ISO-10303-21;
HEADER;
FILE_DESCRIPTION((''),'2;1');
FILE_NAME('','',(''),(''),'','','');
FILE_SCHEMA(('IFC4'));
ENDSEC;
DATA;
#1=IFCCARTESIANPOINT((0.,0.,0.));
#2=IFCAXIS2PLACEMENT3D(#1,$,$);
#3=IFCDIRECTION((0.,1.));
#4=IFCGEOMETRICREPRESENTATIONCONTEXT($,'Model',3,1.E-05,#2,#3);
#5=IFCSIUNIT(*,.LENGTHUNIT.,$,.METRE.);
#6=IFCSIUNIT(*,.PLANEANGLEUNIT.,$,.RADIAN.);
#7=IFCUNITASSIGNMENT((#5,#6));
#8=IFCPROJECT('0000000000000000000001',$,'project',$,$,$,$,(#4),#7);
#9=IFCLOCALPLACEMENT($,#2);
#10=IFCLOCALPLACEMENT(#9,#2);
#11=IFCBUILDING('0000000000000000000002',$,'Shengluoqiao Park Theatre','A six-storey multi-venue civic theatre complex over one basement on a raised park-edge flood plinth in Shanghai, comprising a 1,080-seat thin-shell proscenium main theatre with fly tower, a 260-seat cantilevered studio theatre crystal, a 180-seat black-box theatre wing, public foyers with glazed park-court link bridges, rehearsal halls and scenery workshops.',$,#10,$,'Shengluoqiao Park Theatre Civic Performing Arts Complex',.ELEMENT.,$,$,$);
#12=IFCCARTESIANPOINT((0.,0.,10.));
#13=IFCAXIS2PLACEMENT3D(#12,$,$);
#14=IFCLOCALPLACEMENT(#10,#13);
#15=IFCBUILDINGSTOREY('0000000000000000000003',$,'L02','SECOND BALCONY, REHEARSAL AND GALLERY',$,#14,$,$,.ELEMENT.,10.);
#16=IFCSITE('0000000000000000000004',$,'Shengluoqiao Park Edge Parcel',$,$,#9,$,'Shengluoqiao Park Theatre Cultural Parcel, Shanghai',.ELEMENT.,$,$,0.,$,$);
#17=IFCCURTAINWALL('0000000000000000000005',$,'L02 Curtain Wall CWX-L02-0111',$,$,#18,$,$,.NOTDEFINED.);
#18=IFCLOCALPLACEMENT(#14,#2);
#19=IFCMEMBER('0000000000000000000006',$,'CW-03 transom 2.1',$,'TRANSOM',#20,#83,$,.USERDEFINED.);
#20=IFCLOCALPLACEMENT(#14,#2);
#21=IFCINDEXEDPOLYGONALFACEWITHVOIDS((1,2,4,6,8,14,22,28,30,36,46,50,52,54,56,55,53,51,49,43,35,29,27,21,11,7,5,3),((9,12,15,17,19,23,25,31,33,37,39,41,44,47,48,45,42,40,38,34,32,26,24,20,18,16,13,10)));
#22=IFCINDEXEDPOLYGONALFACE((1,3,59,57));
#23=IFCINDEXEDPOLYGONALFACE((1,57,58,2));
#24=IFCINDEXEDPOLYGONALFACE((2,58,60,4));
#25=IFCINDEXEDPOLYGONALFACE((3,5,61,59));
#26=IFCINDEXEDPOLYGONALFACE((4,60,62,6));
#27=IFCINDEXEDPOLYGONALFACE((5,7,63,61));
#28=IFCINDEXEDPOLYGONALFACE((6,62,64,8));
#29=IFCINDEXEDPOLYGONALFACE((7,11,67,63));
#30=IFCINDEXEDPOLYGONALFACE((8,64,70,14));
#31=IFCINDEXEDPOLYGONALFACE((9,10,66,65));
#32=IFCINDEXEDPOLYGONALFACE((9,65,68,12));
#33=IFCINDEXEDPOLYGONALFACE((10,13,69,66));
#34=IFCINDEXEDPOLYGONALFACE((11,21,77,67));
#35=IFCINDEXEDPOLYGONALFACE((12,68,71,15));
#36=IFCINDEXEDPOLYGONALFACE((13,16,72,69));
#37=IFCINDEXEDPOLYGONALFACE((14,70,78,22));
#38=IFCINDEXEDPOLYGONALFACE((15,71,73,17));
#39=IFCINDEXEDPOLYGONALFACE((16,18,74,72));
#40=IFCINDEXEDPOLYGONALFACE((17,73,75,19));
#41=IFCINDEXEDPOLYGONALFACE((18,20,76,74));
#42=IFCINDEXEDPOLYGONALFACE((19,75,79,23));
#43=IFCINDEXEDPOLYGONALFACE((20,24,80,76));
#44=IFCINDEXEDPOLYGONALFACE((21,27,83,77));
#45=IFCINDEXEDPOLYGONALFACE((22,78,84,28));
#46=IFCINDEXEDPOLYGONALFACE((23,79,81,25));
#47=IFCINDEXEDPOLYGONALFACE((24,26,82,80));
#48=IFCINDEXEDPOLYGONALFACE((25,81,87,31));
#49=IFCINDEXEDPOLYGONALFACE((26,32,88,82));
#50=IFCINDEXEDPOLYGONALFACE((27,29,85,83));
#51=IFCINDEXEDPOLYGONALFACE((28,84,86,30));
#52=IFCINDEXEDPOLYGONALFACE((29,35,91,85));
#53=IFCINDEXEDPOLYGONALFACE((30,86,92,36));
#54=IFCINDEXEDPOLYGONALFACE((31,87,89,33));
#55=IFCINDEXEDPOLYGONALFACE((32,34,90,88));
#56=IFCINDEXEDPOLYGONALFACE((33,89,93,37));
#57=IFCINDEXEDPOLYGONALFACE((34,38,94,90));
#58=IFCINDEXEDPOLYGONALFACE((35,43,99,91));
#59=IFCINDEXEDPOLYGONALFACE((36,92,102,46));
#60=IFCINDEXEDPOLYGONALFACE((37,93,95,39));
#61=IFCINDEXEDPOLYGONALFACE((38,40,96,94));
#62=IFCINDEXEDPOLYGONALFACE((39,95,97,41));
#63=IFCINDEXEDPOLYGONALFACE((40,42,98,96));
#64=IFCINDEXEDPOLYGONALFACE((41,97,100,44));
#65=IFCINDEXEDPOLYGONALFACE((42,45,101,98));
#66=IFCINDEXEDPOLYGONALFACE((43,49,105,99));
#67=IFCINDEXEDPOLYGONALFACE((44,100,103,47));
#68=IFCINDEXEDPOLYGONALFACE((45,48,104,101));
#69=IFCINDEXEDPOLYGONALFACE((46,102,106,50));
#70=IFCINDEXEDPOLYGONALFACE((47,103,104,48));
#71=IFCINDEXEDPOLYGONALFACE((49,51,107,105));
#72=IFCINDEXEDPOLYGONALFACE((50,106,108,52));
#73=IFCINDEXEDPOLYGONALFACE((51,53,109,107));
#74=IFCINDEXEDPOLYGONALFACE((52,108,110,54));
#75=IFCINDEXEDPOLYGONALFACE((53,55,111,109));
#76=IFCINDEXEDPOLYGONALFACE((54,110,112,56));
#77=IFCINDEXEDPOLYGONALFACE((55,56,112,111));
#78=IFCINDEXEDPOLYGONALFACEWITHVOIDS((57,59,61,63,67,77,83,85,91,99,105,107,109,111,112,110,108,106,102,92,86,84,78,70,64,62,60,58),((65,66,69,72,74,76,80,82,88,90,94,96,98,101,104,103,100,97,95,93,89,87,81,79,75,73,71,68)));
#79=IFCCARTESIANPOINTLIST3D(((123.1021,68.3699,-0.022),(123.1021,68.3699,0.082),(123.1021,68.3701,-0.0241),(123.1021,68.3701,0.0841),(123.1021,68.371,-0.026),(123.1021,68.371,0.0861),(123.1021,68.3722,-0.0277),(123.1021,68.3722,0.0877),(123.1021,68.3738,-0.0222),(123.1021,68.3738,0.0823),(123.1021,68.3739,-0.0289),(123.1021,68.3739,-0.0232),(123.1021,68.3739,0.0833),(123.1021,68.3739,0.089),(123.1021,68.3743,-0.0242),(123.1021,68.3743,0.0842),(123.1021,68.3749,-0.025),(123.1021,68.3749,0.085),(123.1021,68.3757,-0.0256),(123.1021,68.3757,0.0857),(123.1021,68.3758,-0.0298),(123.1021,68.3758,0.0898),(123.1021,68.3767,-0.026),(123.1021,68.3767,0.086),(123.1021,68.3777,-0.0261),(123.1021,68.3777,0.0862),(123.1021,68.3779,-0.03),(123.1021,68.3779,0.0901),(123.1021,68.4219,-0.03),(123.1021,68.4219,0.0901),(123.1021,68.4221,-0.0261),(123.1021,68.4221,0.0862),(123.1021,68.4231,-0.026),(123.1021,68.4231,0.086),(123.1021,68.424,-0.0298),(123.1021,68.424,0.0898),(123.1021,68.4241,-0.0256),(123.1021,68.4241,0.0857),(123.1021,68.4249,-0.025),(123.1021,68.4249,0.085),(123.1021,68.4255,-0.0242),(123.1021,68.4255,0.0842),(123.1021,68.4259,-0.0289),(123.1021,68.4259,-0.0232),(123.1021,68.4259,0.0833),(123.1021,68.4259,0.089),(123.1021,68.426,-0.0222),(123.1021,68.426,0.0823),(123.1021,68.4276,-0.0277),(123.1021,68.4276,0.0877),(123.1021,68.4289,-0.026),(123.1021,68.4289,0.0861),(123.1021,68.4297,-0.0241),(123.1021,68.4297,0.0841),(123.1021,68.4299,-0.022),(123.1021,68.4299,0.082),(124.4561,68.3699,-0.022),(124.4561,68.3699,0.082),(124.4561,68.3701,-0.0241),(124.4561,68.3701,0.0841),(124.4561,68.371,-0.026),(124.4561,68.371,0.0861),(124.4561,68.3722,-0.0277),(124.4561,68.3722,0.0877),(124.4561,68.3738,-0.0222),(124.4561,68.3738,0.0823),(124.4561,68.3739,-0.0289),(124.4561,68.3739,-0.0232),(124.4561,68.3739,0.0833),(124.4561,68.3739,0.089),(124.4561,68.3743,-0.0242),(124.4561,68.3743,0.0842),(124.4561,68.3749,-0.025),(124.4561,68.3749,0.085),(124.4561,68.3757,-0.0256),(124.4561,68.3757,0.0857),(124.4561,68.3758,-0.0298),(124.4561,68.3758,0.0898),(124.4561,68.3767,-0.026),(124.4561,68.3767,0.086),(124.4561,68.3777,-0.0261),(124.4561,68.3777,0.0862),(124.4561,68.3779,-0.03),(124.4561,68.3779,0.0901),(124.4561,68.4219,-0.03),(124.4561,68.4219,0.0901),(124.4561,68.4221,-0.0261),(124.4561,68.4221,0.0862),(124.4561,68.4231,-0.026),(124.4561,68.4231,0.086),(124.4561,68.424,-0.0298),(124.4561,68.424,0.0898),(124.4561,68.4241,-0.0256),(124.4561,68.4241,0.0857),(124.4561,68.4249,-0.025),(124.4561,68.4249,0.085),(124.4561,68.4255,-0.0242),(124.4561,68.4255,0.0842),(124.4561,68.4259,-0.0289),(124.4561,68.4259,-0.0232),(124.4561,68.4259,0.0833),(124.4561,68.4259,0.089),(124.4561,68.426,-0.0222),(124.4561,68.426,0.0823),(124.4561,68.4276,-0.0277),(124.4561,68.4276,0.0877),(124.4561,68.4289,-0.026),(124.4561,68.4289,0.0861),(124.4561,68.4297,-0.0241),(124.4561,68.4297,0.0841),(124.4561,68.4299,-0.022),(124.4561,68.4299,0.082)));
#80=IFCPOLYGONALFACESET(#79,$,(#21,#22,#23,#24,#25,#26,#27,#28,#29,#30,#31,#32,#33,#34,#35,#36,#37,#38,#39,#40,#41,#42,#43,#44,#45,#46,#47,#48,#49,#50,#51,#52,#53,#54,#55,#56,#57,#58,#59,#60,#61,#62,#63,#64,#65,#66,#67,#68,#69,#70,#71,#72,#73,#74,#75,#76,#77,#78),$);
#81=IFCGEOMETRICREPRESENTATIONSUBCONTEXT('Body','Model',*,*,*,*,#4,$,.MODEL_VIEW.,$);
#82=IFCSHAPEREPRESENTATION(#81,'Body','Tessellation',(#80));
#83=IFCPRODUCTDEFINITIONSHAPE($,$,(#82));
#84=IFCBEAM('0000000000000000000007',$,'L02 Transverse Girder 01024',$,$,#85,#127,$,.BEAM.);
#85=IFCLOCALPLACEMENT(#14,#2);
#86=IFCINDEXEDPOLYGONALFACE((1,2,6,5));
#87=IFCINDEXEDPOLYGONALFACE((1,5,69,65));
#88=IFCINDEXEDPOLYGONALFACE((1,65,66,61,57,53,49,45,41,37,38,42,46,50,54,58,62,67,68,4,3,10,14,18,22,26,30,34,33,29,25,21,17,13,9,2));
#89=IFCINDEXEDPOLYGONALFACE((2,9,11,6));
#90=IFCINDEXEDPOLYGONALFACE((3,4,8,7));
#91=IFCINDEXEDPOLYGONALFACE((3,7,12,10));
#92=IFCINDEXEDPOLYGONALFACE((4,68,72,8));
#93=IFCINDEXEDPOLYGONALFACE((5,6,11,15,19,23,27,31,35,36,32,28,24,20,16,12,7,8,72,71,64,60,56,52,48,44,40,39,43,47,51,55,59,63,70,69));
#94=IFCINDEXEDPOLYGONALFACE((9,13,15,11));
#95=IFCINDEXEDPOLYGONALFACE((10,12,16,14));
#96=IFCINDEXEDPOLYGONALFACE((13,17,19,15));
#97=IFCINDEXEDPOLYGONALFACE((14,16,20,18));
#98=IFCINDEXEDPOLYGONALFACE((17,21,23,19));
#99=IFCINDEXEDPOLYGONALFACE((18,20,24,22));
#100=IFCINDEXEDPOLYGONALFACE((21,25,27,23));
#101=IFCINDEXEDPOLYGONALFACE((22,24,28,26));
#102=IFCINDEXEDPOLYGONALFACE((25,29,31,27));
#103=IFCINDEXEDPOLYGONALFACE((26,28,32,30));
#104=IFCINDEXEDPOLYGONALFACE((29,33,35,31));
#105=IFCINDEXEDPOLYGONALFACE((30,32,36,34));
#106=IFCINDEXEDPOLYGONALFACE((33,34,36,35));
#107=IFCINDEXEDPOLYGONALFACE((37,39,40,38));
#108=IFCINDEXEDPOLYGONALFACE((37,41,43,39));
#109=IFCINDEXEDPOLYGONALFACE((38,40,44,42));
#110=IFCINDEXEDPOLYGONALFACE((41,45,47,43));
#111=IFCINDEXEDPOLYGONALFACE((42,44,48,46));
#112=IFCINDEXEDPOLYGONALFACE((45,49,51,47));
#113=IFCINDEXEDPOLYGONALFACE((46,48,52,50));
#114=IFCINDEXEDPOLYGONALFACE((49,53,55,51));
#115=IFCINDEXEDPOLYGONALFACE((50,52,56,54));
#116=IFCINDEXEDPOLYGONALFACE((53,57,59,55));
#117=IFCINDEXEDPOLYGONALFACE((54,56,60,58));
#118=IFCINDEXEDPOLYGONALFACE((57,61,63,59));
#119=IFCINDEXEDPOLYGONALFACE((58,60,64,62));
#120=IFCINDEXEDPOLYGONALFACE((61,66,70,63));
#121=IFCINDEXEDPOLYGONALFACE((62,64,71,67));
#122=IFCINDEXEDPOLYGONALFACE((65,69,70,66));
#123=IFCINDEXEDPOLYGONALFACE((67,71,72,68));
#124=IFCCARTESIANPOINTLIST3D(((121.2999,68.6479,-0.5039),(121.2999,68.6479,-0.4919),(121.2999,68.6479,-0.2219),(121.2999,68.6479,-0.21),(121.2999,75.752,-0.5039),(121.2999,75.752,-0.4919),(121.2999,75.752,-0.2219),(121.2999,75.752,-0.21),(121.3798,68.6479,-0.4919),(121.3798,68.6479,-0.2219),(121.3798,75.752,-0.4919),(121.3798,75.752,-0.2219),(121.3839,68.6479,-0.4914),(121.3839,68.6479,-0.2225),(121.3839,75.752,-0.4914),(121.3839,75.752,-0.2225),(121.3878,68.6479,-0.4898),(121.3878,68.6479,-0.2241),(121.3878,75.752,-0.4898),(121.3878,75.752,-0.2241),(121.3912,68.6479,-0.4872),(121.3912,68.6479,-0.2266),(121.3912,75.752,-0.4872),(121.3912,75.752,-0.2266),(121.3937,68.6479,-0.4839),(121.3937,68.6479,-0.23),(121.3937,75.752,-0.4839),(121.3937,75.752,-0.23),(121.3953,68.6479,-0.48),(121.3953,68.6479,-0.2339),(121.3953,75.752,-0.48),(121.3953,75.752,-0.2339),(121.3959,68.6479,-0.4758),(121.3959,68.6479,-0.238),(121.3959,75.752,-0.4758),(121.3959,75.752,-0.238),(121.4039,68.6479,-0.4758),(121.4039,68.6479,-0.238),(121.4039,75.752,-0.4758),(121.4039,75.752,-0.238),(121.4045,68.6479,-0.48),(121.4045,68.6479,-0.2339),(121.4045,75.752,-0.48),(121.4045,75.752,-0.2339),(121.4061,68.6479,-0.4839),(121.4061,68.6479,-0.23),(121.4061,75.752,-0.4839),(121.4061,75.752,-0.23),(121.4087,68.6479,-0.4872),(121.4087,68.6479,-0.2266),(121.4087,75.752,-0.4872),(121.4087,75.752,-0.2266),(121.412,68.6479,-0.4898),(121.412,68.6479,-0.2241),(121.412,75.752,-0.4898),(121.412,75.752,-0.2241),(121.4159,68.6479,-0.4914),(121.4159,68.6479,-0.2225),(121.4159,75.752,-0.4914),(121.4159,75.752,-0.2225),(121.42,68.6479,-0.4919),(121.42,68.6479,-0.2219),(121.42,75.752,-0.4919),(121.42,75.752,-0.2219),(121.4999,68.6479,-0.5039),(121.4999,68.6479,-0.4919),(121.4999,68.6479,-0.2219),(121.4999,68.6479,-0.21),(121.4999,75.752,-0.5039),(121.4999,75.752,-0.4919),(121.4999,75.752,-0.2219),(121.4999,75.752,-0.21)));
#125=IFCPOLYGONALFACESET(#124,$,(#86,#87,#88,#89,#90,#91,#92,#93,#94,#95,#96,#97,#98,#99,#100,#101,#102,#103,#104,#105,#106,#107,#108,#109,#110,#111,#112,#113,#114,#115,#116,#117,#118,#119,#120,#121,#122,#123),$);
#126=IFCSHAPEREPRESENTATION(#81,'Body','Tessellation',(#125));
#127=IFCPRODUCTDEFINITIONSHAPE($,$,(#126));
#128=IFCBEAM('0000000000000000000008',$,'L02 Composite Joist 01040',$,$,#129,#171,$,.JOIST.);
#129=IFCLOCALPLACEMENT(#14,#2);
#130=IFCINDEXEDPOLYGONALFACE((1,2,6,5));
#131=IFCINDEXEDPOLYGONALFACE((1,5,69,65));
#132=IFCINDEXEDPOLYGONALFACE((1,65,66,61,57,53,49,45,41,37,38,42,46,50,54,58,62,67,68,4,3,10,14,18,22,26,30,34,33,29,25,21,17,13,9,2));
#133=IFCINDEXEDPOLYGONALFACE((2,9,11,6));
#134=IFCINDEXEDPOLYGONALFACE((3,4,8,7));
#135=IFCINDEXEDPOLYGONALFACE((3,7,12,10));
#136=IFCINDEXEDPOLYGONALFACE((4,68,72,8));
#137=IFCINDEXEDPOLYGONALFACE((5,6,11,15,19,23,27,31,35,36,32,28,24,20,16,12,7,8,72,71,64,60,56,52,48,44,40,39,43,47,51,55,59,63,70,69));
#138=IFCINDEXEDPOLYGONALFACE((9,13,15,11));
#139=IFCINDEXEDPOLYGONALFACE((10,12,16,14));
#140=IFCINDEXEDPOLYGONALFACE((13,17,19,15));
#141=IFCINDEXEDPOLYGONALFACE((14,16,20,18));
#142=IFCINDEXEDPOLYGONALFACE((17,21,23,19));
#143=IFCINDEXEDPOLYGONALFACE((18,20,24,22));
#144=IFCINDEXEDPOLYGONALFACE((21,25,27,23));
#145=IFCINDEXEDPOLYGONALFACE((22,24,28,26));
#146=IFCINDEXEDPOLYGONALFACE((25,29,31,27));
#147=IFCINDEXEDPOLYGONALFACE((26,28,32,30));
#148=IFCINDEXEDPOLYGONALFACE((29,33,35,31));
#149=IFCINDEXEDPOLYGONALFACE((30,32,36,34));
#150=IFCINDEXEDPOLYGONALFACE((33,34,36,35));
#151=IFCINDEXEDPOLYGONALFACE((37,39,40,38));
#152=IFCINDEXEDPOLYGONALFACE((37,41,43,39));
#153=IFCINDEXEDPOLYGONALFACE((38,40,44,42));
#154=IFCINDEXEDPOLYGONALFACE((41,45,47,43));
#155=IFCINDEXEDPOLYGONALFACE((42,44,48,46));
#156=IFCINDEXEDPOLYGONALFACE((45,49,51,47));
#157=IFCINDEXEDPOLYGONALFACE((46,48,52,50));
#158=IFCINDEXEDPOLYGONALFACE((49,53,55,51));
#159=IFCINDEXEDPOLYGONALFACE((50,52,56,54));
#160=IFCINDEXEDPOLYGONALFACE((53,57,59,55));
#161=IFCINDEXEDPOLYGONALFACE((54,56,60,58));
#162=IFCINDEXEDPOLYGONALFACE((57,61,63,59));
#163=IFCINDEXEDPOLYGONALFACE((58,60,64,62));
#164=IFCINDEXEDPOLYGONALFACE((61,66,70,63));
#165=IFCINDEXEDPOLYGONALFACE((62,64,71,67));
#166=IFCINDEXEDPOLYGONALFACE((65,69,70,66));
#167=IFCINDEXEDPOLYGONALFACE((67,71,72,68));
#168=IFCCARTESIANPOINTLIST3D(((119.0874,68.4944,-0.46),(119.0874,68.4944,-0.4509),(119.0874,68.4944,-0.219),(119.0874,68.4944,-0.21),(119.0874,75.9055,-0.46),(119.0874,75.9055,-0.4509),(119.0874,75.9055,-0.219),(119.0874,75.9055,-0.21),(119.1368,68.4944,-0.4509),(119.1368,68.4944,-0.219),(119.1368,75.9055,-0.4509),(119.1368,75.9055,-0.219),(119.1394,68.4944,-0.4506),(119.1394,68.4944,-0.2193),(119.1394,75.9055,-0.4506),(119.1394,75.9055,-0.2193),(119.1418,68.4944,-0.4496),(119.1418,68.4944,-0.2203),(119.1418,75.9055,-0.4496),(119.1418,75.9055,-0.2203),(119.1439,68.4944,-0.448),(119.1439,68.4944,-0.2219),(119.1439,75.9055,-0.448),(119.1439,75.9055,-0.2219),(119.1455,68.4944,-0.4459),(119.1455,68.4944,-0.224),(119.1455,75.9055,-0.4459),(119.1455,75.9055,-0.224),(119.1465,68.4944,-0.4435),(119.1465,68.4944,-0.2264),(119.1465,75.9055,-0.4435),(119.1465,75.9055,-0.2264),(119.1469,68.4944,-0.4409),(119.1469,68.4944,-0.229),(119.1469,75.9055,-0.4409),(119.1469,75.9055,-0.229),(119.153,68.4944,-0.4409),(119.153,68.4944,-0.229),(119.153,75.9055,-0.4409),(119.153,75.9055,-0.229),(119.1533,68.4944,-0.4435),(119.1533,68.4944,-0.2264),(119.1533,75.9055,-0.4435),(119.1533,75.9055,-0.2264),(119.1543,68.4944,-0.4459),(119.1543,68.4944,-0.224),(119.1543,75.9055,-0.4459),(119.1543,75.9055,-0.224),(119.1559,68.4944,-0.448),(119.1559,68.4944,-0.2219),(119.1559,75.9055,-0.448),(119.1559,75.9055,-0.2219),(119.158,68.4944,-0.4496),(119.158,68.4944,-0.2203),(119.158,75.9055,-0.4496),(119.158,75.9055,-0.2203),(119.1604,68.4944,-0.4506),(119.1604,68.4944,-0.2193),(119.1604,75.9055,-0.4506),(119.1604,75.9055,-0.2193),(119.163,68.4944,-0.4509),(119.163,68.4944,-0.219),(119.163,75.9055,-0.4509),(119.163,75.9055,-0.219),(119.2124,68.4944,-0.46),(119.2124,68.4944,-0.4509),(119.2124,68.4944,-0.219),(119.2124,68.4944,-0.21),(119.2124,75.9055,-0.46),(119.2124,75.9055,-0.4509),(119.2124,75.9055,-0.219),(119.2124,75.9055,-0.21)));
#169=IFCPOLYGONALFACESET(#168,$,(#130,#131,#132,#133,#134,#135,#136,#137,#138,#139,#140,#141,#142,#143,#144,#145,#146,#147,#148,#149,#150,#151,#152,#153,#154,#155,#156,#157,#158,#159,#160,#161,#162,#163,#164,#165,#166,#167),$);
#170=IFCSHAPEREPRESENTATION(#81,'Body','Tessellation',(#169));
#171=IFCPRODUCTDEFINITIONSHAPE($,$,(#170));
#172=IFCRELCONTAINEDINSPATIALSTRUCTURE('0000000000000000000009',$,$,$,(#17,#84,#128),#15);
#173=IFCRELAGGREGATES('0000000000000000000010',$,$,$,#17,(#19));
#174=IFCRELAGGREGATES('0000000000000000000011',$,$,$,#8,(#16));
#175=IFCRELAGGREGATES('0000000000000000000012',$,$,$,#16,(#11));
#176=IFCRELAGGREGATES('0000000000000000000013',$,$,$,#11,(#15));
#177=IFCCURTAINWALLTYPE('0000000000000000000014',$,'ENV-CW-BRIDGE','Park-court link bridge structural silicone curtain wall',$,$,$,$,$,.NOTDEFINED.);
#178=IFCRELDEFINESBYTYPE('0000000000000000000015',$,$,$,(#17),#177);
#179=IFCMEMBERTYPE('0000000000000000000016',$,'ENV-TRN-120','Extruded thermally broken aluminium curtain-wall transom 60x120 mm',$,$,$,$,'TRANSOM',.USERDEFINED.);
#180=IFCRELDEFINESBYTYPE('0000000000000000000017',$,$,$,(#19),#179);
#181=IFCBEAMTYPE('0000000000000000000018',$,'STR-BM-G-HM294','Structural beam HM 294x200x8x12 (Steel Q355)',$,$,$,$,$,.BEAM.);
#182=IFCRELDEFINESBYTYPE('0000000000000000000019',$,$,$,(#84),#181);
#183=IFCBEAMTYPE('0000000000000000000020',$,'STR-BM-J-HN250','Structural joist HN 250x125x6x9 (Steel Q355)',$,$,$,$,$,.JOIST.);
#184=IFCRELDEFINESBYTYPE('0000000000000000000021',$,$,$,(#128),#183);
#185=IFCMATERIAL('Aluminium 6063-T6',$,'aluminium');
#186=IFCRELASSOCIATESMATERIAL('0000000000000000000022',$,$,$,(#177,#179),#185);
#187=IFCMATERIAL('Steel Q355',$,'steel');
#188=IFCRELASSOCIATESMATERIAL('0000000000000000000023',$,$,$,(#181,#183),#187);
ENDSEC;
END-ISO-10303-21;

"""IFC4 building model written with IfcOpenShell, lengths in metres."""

from ifc_helpers import new_model, si_unit, direction, frame, origin, origin_2d, place, context, subcontext, project, spatial, hollow_rectangle, i_section, extrude, material, material_profile, profile_set, type_object, element, aggregate, save


model = new_model("IFC4")

# Units and contexts
model_context = context("Model", 3, precision=1e-05, world=origin(), true_north=direction((0.0, 1.0)))
body_context = subcontext(model_context, "Body", "Model", "MODEL_VIEW")
ifc_project = project(units=[si_unit("LENGTHUNIT", "METRE"), si_unit("PLANEANGLEUNIT", "RADIAN")], contexts=[model_context])

# Site, building, storey
site_placement = place(None, origin())
site = spatial("IfcSite", under=ifc_project, at=site_placement, Name="Shengluoqiao Park Edge Parcel", LongName="Shengluoqiao Park Theatre Cultural Parcel, Shanghai", CompositionType="ELEMENT", RefElevation=0.0)
building_placement = place(site_placement, origin())
building = spatial("IfcBuilding", under=site, at=building_placement, Name="Shengluoqiao Park Theatre", Description="A six-storey multi-venue civic theatre complex over one basement on a raised park-edge flood plinth in Shanghai, comprising a 1,080-seat thin-shell proscenium main theatre with fly tower, a 260-seat cantilevered studio theatre crystal, a 180-seat black-box theatre wing, public foyers with glazed park-court link bridges, rehearsal halls and scenery workshops.", LongName="Shengluoqiao Park Theatre Civic Performing Arts Complex", CompositionType="ELEMENT")
storey_placement = place(building_placement, frame((0.0, 0.0, 10.0)))
storey = spatial("IfcBuildingStorey", under=building, at=storey_placement, Name="L02", Description="SECOND BALCONY, REHEARSAL AND GALLERY", CompositionType="ELEMENT", Elevation=10.0)

# Curtain wall
ifc_material_1 = material(Name="Aluminium 6063-T6", Category="aluminium")
curtain_wall_type = type_object("IfcCurtainWallType", Name="ENV-CW-BRIDGE", Description="Park-court link bridge structural silicone curtain wall", PredefinedType="NOTDEFINED", material=ifc_material_1)
curtain_wall_1_placement = place(storey_placement, origin())
curtain_wall_1 = element("IfcCurtainWall", 1, at=curtain_wall_1_placement, inside=storey, type_object=curtain_wall_type, Name="L02 Curtain Wall CWX-L02-0111", PredefinedType="NOTDEFINED")

# Member
ifc_material_profile_1 = material_profile(ifc_material_1, hollow_rectangle(XDim=0.0601, YDim=0.1201, WallThickness=0.0039, InnerFilletRadius=0.0039, OuterFilletRadius=0.0081, at=origin_2d()), Name="ALU TRANSOM 120x60x4")
ifc_profile_set_1 = profile_set([ifc_material_profile_1], Name="Aluminium 6063-T6")
member_type_1 = type_object("IfcMemberType", Name="ENV-TRN-120", Description="Extruded thermally broken aluminium curtain-wall transom 60x120 mm", ElementType="TRANSOM", PredefinedType="USERDEFINED", material=ifc_profile_set_1)
member_1_placement = place(storey_placement, frame((123.1021, 68.3999, 0.03), z_axis=(1.0, 0.0, 0.0), x_axis=(0.0, 1.0, 0.0)))
member_1 = element("IfcMember", 2, at=member_1_placement, type_object=member_type_1, Name="CW-03 transom 2.1", ObjectType="TRANSOM", PredefinedType="USERDEFINED", context=body_context, shape_type="SweptSolid", body=[
    extrude(hollow_rectangle(XDim=0.0601, YDim=0.1201, WallThickness=0.0039, InnerFilletRadius=0.0039, OuterFilletRadius=0.0081, at=origin_2d()), origin(), (0.0, 0.0, 1.0), 1.354),
])

# Beams
ifc_material_2 = material(Name="Steel Q355", Category="steel")
ifc_material_profile_2 = material_profile(ifc_material_2, i_section(OverallWidth=0.2, OverallDepth=0.2939, WebThickness=0.0081, FlangeThickness=0.012, FilletRadius=0.0161, at=origin_2d()), Name="HM 294x200x8x12")
ifc_profile_set_2 = profile_set([ifc_material_profile_2], Name="Steel Q355")
beam_type_1 = type_object("IfcBeamType", Name="STR-BM-G-HM294", Description="Structural beam HM 294x200x8x12 (Steel Q355)", PredefinedType="BEAM", material=ifc_profile_set_2)
beam_1_placement = place(storey_placement, frame((121.3999, 68.6479, -0.3569), z_axis=(0.0, 1.0, 0.0), x_axis=(-1.0, 0.0, 0.0)))
element("IfcBeam", 3, at=beam_1_placement, inside=storey, type_object=beam_type_1, Name="L02 Transverse Girder 01024", PredefinedType="BEAM", context=body_context, shape_type="SweptSolid", body=[
    extrude(i_section(OverallWidth=0.2, OverallDepth=0.2939, WebThickness=0.0081, FlangeThickness=0.012, FilletRadius=0.0161, at=origin_2d()), origin(), (0.0, 0.0, 1.0), 7.104),
])
ifc_material_profile_3 = material_profile(ifc_material_2, i_section(OverallWidth=0.125, OverallDepth=0.25, WebThickness=0.0061, FlangeThickness=0.009, FilletRadius=0.01, at=origin_2d()), Name="HN 250x125x6x9")
ifc_profile_set_3 = profile_set([ifc_material_profile_3], Name="Steel Q355")
beam_type_2 = type_object("IfcBeamType", Name="STR-BM-J-HN250", Description="Structural joist HN 250x125x6x9 (Steel Q355)", PredefinedType="JOIST", material=ifc_profile_set_3)
beam_2_placement = place(storey_placement, frame((119.1499, 68.4944, -0.335), z_axis=(0.0, 1.0, 0.0), x_axis=(-1.0, 0.0, 0.0)))
element("IfcBeam", 4, at=beam_2_placement, inside=storey, type_object=beam_type_2, Name="L02 Composite Joist 01040", PredefinedType="JOIST", context=body_context, shape_type="SweptSolid", body=[
    extrude(i_section(OverallWidth=0.125, OverallDepth=0.25, WebThickness=0.0061, FlangeThickness=0.009, FilletRadius=0.01, at=origin_2d()), origin(), (0.0, 0.0, 1.0), 7.4111),
])

aggregate(curtain_wall_1, [member_1])

save(model, "model.ifc")
